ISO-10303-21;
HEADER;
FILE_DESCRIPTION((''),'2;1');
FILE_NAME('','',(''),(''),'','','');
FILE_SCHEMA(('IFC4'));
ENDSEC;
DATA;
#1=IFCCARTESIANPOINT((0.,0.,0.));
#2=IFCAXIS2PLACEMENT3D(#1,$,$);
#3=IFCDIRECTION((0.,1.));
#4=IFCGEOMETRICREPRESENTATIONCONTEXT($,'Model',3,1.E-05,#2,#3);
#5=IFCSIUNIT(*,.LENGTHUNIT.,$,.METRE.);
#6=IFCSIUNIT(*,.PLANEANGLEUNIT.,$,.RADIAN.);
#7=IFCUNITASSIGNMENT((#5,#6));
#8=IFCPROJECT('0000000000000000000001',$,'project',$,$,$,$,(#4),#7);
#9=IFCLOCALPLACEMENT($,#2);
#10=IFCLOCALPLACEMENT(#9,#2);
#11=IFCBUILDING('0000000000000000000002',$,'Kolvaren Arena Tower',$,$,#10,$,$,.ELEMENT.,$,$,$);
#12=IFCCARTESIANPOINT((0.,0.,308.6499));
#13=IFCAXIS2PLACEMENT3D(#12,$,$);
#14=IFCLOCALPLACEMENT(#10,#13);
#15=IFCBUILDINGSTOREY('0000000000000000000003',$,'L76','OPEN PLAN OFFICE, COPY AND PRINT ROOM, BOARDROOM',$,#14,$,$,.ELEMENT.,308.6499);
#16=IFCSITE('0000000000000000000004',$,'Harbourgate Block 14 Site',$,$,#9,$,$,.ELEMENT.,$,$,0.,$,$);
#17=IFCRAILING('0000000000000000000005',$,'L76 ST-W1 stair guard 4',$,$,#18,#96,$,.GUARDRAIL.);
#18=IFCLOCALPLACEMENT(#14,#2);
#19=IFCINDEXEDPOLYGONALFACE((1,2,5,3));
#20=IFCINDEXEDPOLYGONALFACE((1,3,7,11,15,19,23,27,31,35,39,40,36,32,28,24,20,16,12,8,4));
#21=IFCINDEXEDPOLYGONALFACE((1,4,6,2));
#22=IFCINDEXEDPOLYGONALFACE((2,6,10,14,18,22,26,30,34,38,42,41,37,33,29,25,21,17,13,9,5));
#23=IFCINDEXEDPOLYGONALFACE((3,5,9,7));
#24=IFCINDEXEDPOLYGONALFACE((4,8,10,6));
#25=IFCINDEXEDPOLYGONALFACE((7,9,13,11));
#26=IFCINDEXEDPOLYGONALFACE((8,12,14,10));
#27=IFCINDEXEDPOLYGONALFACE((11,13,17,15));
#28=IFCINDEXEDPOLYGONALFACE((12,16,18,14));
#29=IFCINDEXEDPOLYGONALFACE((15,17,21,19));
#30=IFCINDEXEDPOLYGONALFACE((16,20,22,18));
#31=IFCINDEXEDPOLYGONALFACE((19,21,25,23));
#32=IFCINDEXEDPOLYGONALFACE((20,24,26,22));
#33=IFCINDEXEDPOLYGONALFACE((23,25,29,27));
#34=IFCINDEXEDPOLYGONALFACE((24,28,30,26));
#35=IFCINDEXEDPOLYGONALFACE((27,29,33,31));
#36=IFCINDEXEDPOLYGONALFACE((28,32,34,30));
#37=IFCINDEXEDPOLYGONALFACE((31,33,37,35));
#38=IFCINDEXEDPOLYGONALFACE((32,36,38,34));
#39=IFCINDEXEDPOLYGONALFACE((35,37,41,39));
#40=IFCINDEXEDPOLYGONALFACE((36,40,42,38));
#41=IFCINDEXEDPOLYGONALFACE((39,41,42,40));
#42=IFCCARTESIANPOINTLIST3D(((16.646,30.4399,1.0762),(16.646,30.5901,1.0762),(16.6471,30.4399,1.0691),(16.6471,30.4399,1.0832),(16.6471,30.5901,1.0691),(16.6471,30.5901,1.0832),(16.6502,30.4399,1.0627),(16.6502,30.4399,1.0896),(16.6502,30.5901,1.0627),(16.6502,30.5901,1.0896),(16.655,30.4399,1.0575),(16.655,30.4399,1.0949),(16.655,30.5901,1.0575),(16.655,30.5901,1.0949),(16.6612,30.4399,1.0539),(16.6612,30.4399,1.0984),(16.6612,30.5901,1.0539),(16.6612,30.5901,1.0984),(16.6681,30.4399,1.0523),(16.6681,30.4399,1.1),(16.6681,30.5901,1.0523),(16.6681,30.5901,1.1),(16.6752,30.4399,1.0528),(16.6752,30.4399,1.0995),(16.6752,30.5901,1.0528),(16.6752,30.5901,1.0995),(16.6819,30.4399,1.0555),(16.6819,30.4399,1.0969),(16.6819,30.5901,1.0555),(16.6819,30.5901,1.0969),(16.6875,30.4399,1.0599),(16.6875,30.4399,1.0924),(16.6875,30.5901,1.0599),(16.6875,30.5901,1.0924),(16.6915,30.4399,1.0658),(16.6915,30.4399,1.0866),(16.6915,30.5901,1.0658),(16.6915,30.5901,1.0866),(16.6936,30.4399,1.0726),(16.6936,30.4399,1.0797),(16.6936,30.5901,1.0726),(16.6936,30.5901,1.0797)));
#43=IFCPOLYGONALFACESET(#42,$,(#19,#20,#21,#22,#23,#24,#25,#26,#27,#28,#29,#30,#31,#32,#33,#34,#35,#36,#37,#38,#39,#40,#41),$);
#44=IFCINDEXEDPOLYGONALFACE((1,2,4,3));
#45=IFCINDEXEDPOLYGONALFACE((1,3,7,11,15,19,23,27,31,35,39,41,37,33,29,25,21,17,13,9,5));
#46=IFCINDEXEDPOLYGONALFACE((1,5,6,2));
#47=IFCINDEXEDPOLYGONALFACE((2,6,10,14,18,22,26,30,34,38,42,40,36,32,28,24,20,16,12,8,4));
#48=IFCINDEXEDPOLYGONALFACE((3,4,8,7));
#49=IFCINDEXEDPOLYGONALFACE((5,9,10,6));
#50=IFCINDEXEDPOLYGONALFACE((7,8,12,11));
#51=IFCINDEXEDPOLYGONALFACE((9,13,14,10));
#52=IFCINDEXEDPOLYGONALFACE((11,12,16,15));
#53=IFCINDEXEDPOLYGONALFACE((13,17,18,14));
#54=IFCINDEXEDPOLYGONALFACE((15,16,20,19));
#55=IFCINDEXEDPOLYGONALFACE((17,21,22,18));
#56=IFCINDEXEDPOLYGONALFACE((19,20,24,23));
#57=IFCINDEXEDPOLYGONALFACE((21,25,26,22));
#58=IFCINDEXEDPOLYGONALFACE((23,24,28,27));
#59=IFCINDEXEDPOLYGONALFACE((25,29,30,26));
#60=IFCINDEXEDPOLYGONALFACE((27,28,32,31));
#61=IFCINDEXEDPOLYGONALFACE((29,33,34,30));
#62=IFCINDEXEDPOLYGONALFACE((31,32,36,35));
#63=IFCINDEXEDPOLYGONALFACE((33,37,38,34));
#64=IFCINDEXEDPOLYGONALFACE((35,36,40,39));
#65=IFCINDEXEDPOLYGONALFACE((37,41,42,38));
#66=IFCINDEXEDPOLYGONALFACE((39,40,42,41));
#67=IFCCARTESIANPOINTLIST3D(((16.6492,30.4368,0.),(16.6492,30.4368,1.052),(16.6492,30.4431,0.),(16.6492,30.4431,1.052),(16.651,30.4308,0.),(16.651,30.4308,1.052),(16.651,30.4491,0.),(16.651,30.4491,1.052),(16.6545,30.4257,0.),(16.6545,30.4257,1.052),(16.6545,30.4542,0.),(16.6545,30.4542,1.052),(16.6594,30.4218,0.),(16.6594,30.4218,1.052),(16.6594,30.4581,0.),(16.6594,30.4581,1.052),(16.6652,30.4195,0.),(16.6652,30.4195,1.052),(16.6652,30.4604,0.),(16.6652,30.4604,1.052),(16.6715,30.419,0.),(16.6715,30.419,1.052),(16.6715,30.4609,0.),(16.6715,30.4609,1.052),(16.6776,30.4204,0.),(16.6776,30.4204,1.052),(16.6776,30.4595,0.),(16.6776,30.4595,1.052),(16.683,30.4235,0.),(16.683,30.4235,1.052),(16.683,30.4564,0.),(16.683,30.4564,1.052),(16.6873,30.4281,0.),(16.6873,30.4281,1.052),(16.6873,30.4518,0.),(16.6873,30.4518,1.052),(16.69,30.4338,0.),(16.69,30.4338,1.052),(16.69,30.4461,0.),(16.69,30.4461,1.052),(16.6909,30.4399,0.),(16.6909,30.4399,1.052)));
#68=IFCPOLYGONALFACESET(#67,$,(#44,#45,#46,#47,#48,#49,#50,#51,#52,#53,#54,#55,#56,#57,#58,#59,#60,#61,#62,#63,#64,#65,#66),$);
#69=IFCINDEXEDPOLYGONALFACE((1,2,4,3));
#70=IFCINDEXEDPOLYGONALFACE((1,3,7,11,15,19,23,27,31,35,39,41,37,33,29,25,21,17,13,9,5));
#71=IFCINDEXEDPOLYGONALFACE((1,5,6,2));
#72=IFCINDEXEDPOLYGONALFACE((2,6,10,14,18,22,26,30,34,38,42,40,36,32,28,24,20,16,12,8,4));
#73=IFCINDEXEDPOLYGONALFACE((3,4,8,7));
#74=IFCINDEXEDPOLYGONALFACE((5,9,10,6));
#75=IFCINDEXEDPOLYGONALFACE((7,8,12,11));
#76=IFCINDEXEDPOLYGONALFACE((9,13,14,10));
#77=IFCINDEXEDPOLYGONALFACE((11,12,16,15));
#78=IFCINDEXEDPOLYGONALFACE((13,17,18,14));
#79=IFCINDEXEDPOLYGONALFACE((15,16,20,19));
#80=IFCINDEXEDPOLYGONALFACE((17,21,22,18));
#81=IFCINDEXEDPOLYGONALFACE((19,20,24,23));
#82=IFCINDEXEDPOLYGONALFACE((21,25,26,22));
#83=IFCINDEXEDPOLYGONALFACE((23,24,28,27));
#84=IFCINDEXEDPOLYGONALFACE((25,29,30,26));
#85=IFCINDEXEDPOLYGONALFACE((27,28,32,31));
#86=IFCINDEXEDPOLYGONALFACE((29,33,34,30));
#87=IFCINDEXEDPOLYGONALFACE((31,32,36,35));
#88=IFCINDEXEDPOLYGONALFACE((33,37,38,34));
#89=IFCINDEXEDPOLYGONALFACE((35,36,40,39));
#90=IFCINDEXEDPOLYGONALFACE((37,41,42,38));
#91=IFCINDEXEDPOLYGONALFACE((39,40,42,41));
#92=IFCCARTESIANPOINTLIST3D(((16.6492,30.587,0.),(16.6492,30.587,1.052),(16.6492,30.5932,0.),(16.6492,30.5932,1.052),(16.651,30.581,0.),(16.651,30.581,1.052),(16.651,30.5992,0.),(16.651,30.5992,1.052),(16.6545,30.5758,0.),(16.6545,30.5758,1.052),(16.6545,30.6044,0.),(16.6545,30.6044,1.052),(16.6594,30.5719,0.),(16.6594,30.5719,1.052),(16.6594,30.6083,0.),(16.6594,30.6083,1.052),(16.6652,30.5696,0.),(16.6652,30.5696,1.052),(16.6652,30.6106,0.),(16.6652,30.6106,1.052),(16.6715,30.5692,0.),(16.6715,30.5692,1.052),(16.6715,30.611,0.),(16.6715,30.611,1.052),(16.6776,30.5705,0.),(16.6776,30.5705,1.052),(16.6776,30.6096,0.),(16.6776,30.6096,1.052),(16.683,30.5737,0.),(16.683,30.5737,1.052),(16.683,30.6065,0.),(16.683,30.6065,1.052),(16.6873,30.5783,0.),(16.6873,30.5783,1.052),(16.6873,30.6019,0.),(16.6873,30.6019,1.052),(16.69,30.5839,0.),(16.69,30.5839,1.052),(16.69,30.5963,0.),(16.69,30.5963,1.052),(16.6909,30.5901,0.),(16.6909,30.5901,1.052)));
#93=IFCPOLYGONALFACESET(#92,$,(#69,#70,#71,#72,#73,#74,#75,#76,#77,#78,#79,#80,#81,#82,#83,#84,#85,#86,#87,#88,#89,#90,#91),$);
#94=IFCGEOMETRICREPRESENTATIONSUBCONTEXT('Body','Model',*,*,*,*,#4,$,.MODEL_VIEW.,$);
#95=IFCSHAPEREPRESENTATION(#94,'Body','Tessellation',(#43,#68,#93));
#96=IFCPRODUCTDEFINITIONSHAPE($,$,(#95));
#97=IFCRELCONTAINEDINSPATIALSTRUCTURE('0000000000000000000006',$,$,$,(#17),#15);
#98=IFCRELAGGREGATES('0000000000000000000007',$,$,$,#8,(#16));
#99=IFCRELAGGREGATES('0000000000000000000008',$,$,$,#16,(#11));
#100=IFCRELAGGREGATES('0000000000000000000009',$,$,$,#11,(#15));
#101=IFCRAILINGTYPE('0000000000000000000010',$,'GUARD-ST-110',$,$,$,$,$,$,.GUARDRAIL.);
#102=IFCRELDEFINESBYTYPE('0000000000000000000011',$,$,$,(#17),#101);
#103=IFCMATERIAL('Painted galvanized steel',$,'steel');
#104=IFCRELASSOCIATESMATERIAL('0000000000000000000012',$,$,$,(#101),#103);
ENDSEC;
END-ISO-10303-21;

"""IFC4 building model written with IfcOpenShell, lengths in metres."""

from ifc_helpers import new_model, si_unit, direction, frame, origin, origin_2d, place, context, subcontext, project, spatial, circle, extrude, material, type_object, element, save


model = new_model("IFC4")

# Units and contexts
model_context = context("Model", 3, precision=1e-05, world=origin(), true_north=direction((0.0, 1.0)))
body_context = subcontext(model_context, "Body", "Model", "MODEL_VIEW")
ifc_project = project(units=[si_unit("LENGTHUNIT", "METRE"), si_unit("PLANEANGLEUNIT", "RADIAN")], contexts=[model_context])

# Site, building, storey
site_placement = place(None, origin())
site = spatial("IfcSite", under=ifc_project, at=site_placement, Name="Harbourgate Block 14 Site", CompositionType="ELEMENT", RefElevation=0.0)
building_placement = place(site_placement, origin())
building = spatial("IfcBuilding", under=site, at=building_placement, Name="Kolvaren Arena Tower", CompositionType="ELEMENT")
storey_placement = place(building_placement, frame((0.0, 0.0, 308.6499)))
storey = spatial("IfcBuildingStorey", under=building, at=storey_placement, Name="L76", Description="OPEN PLAN OFFICE, COPY AND PRINT ROOM, BOARDROOM", CompositionType="ELEMENT", Elevation=308.6499)

# Railing
ifc_material_1 = material(Name="Painted galvanized steel", Category="steel")
railing_type_1 = type_object("IfcRailingType", Name="GUARD-ST-110", PredefinedType="GUARDRAIL", material=ifc_material_1)
railing_1_placement = place(storey_placement, frame((16.6699, 30.4399, 0.0)))
element("IfcRailing", 1, at=railing_1_placement, inside=storey, type_object=railing_type_1, Name="L76 ST-W1 stair guard 4", PredefinedType="GUARDRAIL", context=body_context, shape_type="SweptSolid", body=[
    extrude(circle(Radius=0.0239, at=origin_2d()), frame((0.0, 0.0, 1.0762), z_axis=(0.0, 1.0, 0.0), x_axis=(-1.0, 0.0, 0.0)), (0.0, 0.0, 1.0), 0.1501),
    extrude(circle(Radius=0.021, at=origin_2d()), origin(), (0.0, 0.0, 1.0), 1.052),
    extrude(circle(Radius=0.021, at=origin_2d()), frame((0.0, 0.1501, 0.0)), (0.0, 0.0, 1.0), 1.052),
])

save(model, "model.ifc")
